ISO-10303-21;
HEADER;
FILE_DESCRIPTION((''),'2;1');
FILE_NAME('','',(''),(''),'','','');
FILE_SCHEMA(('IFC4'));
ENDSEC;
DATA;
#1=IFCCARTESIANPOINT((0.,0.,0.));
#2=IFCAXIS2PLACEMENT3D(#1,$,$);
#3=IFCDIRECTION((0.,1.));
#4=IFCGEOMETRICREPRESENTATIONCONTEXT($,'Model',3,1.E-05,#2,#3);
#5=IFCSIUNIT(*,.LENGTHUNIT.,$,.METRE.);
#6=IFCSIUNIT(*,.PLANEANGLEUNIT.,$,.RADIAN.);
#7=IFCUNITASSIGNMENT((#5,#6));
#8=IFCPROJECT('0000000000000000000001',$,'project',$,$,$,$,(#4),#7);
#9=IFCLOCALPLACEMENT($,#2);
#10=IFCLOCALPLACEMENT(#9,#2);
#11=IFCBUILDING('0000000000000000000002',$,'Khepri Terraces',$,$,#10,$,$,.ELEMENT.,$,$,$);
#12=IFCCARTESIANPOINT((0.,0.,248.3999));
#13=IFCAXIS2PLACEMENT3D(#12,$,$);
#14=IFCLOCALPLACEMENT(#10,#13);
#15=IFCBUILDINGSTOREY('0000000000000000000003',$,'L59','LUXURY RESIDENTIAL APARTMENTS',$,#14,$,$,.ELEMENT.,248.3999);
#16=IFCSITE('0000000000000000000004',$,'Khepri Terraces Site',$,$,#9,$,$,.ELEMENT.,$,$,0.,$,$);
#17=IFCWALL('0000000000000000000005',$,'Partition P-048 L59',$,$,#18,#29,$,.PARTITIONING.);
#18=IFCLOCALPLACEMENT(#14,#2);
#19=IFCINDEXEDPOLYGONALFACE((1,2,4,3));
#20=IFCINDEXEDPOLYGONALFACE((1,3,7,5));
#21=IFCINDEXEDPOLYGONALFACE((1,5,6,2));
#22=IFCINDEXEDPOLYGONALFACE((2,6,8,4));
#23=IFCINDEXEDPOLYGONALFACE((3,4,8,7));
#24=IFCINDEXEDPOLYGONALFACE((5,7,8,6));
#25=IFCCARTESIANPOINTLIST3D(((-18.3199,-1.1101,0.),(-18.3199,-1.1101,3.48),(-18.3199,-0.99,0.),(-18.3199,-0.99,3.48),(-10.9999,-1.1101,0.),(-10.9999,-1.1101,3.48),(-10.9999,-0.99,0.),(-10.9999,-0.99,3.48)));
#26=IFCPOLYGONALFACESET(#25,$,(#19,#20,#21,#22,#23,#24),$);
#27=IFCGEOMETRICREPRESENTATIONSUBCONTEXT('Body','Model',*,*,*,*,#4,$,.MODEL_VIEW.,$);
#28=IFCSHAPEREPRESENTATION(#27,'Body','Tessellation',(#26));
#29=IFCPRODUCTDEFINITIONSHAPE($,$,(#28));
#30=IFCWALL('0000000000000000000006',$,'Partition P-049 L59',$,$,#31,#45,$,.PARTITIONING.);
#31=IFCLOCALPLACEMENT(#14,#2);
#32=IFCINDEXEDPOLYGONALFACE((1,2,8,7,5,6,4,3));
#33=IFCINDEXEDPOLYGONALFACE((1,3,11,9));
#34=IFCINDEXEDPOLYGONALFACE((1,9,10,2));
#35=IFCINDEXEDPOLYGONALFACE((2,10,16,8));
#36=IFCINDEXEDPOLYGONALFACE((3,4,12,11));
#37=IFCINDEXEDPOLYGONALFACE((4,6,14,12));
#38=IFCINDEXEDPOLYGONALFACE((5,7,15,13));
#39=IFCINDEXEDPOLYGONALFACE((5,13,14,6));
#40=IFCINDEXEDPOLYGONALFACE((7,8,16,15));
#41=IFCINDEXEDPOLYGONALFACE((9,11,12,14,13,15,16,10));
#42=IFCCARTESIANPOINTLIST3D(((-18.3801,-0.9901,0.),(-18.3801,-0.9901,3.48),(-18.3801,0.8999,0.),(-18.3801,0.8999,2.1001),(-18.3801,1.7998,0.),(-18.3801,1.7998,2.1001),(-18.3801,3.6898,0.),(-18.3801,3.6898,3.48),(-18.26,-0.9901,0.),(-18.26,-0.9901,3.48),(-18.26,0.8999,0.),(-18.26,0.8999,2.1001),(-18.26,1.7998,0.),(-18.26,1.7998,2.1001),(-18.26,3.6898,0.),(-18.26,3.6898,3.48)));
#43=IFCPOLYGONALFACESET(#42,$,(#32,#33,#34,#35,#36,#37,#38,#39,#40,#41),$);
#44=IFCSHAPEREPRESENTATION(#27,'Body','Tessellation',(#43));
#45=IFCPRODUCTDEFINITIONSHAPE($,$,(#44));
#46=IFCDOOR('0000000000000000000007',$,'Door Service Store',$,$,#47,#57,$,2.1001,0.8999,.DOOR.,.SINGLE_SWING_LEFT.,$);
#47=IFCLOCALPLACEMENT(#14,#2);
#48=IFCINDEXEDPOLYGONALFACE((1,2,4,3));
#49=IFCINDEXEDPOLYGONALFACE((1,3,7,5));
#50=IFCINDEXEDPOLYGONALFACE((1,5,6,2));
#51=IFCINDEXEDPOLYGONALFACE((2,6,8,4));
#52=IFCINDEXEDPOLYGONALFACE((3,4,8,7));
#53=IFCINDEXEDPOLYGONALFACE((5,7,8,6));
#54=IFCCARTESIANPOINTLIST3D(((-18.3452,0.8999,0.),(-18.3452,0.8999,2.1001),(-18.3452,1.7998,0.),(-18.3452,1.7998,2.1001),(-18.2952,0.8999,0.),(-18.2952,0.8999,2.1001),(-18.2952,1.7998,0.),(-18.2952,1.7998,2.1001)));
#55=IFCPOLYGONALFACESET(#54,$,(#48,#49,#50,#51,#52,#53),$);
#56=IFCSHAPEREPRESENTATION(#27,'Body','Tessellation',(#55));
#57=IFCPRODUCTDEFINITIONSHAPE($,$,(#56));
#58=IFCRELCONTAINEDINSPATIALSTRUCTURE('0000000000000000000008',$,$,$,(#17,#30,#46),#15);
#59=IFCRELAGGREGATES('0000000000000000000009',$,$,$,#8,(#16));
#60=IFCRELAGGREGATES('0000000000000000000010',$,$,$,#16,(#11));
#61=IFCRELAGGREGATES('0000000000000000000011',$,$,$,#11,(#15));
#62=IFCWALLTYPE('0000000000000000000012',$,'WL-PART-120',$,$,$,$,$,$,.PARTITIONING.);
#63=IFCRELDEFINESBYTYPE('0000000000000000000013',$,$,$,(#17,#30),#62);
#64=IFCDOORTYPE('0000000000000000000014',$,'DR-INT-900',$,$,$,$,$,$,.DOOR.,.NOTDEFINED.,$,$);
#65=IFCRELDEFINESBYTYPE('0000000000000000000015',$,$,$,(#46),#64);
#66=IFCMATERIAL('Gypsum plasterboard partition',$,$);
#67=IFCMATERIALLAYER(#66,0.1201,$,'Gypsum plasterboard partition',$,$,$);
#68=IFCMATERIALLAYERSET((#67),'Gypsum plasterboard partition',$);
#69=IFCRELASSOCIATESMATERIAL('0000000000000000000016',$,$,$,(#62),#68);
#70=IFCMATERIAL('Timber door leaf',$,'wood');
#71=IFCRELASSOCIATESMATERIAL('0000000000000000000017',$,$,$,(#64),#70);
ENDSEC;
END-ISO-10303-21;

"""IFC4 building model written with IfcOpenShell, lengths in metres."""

from ifc_helpers import new_model, si_unit, direction, frame, frame_2d, origin, place, context, subcontext, project, spatial, rectangle, extrude, material, layer, layer_set, type_object, element, fill, save


model = new_model("IFC4")

# Units and contexts
model_context = context("Model", 3, precision=1e-05, world=origin(), true_north=direction((0.0, 1.0)))
body_context = subcontext(model_context, "Body", "Model", "MODEL_VIEW")
ifc_project = project(units=[si_unit("LENGTHUNIT", "METRE"), si_unit("PLANEANGLEUNIT", "RADIAN")], contexts=[model_context])

# Site, building, storey
site_placement = place(None, origin())
site = spatial("IfcSite", under=ifc_project, at=site_placement, Name="Khepri Terraces Site", CompositionType="ELEMENT", RefElevation=0.0)
building_placement = place(site_placement, origin())
building = spatial("IfcBuilding", under=site, at=building_placement, Name="Khepri Terraces", CompositionType="ELEMENT")
storey_placement = place(building_placement, frame((0.0, 0.0, 248.3999)))
storey = spatial("IfcBuildingStorey", under=building, at=storey_placement, Name="L59", Description="LUXURY RESIDENTIAL APARTMENTS", CompositionType="ELEMENT", Elevation=248.3999)

# Shared definitions
ifc_material_1 = material(Name="Gypsum plasterboard partition")
ifc_layer_1 = layer(ifc_material_1, 0.1201, Name="Gypsum plasterboard partition")
ifc_layer_set_1 = layer_set([ifc_layer_1], Name="Gypsum plasterboard partition")
wall_type_1 = type_object("IfcWallType", Name="WL-PART-120", PredefinedType="PARTITIONING", material=ifc_layer_set_1)

# Shared definitions
ifc_material_2 = material(Name="Timber door leaf", Category="wood")
door_type_1 = type_object("IfcDoorType", Name="DR-INT-900", OperationType="NOTDEFINED", PredefinedType="DOOR", material=ifc_material_2)

# Wall
wall_1_placement = place(storey_placement, frame((-18.3201, -1.05, 0.0), z_axis=(0.0, 0.0, 1.0), x_axis=(1.0, 0.0, 0.0)))
element("IfcWall", 1, at=wall_1_placement, inside=storey, type_object=wall_type_1, Name="Partition P-048 L59", PredefinedType="PARTITIONING", context=body_context, shape_type="SweptSolid", body=[
    extrude(rectangle(XDim=7.3201, YDim=0.1201, at=frame_2d((3.6602, 0.0))), origin(), (0.0, 0.0, 1.0), 3.48),
])

# Wall, opening, door
wall_2_placement = place(storey_placement, frame((-18.3201, -0.99, 0.0), z_axis=(0.0, 0.0, 1.0), x_axis=(0.0, 1.0, 0.0)))
wall_2 = element("IfcWall", 2, at=wall_2_placement, inside=storey, type_object=wall_type_1, Name="Partition P-049 L59", PredefinedType="PARTITIONING", context=body_context, shape_type="SweptSolid", body=[
    extrude(rectangle(XDim=4.6799, YDim=0.1201, at=frame_2d((2.3398, 0.0))), origin(), (0.0, 0.0, 1.0), 3.48),
])
opening_1_placement = place(wall_2_placement, frame((1.8899, 0.0, 0.0)))
opening_1 = element("IfcOpeningElement", 3, at=opening_1_placement, cuts=wall_2, PredefinedType="OPENING", context=body_context, shape_type="SweptSolid", body=[
    extrude(rectangle(XDim=0.8999, YDim=2.1001, at=frame_2d((0.45, 1.05))), frame((0.0, 0.0701, 0.0), z_axis=(0.0, -1.0, 0.0), x_axis=(1.0, 0.0, 0.0)), (0.0, 0.0, 1.0), 0.1401),
])
door_1_placement = place(opening_1_placement, frame((0.8999, 0.0, 0.0), z_axis=(0.0, 0.0, 1.0), x_axis=(-1.0, 0.0, 0.0)))
door_1 = element("IfcDoor", 4, at=door_1_placement, inside=storey, type_object=door_type_1, Name="Door Service Store", OperationType="SINGLE_SWING_LEFT", OverallHeight=2.1001, OverallWidth=0.8999, PredefinedType="DOOR", context=body_context, shape_type="SweptSolid", body=[
    extrude(rectangle(XDim=0.8999, YDim=2.1001, at=frame_2d((0.45, 1.05))), frame((0.0, 0.0249, 0.0), z_axis=(0.0, -1.0, 0.0), x_axis=(1.0, 0.0, 0.0)), (0.0, 0.0, 1.0), 0.05),
])
fill(opening_1, door_1)

save(model, "model.ifc")
